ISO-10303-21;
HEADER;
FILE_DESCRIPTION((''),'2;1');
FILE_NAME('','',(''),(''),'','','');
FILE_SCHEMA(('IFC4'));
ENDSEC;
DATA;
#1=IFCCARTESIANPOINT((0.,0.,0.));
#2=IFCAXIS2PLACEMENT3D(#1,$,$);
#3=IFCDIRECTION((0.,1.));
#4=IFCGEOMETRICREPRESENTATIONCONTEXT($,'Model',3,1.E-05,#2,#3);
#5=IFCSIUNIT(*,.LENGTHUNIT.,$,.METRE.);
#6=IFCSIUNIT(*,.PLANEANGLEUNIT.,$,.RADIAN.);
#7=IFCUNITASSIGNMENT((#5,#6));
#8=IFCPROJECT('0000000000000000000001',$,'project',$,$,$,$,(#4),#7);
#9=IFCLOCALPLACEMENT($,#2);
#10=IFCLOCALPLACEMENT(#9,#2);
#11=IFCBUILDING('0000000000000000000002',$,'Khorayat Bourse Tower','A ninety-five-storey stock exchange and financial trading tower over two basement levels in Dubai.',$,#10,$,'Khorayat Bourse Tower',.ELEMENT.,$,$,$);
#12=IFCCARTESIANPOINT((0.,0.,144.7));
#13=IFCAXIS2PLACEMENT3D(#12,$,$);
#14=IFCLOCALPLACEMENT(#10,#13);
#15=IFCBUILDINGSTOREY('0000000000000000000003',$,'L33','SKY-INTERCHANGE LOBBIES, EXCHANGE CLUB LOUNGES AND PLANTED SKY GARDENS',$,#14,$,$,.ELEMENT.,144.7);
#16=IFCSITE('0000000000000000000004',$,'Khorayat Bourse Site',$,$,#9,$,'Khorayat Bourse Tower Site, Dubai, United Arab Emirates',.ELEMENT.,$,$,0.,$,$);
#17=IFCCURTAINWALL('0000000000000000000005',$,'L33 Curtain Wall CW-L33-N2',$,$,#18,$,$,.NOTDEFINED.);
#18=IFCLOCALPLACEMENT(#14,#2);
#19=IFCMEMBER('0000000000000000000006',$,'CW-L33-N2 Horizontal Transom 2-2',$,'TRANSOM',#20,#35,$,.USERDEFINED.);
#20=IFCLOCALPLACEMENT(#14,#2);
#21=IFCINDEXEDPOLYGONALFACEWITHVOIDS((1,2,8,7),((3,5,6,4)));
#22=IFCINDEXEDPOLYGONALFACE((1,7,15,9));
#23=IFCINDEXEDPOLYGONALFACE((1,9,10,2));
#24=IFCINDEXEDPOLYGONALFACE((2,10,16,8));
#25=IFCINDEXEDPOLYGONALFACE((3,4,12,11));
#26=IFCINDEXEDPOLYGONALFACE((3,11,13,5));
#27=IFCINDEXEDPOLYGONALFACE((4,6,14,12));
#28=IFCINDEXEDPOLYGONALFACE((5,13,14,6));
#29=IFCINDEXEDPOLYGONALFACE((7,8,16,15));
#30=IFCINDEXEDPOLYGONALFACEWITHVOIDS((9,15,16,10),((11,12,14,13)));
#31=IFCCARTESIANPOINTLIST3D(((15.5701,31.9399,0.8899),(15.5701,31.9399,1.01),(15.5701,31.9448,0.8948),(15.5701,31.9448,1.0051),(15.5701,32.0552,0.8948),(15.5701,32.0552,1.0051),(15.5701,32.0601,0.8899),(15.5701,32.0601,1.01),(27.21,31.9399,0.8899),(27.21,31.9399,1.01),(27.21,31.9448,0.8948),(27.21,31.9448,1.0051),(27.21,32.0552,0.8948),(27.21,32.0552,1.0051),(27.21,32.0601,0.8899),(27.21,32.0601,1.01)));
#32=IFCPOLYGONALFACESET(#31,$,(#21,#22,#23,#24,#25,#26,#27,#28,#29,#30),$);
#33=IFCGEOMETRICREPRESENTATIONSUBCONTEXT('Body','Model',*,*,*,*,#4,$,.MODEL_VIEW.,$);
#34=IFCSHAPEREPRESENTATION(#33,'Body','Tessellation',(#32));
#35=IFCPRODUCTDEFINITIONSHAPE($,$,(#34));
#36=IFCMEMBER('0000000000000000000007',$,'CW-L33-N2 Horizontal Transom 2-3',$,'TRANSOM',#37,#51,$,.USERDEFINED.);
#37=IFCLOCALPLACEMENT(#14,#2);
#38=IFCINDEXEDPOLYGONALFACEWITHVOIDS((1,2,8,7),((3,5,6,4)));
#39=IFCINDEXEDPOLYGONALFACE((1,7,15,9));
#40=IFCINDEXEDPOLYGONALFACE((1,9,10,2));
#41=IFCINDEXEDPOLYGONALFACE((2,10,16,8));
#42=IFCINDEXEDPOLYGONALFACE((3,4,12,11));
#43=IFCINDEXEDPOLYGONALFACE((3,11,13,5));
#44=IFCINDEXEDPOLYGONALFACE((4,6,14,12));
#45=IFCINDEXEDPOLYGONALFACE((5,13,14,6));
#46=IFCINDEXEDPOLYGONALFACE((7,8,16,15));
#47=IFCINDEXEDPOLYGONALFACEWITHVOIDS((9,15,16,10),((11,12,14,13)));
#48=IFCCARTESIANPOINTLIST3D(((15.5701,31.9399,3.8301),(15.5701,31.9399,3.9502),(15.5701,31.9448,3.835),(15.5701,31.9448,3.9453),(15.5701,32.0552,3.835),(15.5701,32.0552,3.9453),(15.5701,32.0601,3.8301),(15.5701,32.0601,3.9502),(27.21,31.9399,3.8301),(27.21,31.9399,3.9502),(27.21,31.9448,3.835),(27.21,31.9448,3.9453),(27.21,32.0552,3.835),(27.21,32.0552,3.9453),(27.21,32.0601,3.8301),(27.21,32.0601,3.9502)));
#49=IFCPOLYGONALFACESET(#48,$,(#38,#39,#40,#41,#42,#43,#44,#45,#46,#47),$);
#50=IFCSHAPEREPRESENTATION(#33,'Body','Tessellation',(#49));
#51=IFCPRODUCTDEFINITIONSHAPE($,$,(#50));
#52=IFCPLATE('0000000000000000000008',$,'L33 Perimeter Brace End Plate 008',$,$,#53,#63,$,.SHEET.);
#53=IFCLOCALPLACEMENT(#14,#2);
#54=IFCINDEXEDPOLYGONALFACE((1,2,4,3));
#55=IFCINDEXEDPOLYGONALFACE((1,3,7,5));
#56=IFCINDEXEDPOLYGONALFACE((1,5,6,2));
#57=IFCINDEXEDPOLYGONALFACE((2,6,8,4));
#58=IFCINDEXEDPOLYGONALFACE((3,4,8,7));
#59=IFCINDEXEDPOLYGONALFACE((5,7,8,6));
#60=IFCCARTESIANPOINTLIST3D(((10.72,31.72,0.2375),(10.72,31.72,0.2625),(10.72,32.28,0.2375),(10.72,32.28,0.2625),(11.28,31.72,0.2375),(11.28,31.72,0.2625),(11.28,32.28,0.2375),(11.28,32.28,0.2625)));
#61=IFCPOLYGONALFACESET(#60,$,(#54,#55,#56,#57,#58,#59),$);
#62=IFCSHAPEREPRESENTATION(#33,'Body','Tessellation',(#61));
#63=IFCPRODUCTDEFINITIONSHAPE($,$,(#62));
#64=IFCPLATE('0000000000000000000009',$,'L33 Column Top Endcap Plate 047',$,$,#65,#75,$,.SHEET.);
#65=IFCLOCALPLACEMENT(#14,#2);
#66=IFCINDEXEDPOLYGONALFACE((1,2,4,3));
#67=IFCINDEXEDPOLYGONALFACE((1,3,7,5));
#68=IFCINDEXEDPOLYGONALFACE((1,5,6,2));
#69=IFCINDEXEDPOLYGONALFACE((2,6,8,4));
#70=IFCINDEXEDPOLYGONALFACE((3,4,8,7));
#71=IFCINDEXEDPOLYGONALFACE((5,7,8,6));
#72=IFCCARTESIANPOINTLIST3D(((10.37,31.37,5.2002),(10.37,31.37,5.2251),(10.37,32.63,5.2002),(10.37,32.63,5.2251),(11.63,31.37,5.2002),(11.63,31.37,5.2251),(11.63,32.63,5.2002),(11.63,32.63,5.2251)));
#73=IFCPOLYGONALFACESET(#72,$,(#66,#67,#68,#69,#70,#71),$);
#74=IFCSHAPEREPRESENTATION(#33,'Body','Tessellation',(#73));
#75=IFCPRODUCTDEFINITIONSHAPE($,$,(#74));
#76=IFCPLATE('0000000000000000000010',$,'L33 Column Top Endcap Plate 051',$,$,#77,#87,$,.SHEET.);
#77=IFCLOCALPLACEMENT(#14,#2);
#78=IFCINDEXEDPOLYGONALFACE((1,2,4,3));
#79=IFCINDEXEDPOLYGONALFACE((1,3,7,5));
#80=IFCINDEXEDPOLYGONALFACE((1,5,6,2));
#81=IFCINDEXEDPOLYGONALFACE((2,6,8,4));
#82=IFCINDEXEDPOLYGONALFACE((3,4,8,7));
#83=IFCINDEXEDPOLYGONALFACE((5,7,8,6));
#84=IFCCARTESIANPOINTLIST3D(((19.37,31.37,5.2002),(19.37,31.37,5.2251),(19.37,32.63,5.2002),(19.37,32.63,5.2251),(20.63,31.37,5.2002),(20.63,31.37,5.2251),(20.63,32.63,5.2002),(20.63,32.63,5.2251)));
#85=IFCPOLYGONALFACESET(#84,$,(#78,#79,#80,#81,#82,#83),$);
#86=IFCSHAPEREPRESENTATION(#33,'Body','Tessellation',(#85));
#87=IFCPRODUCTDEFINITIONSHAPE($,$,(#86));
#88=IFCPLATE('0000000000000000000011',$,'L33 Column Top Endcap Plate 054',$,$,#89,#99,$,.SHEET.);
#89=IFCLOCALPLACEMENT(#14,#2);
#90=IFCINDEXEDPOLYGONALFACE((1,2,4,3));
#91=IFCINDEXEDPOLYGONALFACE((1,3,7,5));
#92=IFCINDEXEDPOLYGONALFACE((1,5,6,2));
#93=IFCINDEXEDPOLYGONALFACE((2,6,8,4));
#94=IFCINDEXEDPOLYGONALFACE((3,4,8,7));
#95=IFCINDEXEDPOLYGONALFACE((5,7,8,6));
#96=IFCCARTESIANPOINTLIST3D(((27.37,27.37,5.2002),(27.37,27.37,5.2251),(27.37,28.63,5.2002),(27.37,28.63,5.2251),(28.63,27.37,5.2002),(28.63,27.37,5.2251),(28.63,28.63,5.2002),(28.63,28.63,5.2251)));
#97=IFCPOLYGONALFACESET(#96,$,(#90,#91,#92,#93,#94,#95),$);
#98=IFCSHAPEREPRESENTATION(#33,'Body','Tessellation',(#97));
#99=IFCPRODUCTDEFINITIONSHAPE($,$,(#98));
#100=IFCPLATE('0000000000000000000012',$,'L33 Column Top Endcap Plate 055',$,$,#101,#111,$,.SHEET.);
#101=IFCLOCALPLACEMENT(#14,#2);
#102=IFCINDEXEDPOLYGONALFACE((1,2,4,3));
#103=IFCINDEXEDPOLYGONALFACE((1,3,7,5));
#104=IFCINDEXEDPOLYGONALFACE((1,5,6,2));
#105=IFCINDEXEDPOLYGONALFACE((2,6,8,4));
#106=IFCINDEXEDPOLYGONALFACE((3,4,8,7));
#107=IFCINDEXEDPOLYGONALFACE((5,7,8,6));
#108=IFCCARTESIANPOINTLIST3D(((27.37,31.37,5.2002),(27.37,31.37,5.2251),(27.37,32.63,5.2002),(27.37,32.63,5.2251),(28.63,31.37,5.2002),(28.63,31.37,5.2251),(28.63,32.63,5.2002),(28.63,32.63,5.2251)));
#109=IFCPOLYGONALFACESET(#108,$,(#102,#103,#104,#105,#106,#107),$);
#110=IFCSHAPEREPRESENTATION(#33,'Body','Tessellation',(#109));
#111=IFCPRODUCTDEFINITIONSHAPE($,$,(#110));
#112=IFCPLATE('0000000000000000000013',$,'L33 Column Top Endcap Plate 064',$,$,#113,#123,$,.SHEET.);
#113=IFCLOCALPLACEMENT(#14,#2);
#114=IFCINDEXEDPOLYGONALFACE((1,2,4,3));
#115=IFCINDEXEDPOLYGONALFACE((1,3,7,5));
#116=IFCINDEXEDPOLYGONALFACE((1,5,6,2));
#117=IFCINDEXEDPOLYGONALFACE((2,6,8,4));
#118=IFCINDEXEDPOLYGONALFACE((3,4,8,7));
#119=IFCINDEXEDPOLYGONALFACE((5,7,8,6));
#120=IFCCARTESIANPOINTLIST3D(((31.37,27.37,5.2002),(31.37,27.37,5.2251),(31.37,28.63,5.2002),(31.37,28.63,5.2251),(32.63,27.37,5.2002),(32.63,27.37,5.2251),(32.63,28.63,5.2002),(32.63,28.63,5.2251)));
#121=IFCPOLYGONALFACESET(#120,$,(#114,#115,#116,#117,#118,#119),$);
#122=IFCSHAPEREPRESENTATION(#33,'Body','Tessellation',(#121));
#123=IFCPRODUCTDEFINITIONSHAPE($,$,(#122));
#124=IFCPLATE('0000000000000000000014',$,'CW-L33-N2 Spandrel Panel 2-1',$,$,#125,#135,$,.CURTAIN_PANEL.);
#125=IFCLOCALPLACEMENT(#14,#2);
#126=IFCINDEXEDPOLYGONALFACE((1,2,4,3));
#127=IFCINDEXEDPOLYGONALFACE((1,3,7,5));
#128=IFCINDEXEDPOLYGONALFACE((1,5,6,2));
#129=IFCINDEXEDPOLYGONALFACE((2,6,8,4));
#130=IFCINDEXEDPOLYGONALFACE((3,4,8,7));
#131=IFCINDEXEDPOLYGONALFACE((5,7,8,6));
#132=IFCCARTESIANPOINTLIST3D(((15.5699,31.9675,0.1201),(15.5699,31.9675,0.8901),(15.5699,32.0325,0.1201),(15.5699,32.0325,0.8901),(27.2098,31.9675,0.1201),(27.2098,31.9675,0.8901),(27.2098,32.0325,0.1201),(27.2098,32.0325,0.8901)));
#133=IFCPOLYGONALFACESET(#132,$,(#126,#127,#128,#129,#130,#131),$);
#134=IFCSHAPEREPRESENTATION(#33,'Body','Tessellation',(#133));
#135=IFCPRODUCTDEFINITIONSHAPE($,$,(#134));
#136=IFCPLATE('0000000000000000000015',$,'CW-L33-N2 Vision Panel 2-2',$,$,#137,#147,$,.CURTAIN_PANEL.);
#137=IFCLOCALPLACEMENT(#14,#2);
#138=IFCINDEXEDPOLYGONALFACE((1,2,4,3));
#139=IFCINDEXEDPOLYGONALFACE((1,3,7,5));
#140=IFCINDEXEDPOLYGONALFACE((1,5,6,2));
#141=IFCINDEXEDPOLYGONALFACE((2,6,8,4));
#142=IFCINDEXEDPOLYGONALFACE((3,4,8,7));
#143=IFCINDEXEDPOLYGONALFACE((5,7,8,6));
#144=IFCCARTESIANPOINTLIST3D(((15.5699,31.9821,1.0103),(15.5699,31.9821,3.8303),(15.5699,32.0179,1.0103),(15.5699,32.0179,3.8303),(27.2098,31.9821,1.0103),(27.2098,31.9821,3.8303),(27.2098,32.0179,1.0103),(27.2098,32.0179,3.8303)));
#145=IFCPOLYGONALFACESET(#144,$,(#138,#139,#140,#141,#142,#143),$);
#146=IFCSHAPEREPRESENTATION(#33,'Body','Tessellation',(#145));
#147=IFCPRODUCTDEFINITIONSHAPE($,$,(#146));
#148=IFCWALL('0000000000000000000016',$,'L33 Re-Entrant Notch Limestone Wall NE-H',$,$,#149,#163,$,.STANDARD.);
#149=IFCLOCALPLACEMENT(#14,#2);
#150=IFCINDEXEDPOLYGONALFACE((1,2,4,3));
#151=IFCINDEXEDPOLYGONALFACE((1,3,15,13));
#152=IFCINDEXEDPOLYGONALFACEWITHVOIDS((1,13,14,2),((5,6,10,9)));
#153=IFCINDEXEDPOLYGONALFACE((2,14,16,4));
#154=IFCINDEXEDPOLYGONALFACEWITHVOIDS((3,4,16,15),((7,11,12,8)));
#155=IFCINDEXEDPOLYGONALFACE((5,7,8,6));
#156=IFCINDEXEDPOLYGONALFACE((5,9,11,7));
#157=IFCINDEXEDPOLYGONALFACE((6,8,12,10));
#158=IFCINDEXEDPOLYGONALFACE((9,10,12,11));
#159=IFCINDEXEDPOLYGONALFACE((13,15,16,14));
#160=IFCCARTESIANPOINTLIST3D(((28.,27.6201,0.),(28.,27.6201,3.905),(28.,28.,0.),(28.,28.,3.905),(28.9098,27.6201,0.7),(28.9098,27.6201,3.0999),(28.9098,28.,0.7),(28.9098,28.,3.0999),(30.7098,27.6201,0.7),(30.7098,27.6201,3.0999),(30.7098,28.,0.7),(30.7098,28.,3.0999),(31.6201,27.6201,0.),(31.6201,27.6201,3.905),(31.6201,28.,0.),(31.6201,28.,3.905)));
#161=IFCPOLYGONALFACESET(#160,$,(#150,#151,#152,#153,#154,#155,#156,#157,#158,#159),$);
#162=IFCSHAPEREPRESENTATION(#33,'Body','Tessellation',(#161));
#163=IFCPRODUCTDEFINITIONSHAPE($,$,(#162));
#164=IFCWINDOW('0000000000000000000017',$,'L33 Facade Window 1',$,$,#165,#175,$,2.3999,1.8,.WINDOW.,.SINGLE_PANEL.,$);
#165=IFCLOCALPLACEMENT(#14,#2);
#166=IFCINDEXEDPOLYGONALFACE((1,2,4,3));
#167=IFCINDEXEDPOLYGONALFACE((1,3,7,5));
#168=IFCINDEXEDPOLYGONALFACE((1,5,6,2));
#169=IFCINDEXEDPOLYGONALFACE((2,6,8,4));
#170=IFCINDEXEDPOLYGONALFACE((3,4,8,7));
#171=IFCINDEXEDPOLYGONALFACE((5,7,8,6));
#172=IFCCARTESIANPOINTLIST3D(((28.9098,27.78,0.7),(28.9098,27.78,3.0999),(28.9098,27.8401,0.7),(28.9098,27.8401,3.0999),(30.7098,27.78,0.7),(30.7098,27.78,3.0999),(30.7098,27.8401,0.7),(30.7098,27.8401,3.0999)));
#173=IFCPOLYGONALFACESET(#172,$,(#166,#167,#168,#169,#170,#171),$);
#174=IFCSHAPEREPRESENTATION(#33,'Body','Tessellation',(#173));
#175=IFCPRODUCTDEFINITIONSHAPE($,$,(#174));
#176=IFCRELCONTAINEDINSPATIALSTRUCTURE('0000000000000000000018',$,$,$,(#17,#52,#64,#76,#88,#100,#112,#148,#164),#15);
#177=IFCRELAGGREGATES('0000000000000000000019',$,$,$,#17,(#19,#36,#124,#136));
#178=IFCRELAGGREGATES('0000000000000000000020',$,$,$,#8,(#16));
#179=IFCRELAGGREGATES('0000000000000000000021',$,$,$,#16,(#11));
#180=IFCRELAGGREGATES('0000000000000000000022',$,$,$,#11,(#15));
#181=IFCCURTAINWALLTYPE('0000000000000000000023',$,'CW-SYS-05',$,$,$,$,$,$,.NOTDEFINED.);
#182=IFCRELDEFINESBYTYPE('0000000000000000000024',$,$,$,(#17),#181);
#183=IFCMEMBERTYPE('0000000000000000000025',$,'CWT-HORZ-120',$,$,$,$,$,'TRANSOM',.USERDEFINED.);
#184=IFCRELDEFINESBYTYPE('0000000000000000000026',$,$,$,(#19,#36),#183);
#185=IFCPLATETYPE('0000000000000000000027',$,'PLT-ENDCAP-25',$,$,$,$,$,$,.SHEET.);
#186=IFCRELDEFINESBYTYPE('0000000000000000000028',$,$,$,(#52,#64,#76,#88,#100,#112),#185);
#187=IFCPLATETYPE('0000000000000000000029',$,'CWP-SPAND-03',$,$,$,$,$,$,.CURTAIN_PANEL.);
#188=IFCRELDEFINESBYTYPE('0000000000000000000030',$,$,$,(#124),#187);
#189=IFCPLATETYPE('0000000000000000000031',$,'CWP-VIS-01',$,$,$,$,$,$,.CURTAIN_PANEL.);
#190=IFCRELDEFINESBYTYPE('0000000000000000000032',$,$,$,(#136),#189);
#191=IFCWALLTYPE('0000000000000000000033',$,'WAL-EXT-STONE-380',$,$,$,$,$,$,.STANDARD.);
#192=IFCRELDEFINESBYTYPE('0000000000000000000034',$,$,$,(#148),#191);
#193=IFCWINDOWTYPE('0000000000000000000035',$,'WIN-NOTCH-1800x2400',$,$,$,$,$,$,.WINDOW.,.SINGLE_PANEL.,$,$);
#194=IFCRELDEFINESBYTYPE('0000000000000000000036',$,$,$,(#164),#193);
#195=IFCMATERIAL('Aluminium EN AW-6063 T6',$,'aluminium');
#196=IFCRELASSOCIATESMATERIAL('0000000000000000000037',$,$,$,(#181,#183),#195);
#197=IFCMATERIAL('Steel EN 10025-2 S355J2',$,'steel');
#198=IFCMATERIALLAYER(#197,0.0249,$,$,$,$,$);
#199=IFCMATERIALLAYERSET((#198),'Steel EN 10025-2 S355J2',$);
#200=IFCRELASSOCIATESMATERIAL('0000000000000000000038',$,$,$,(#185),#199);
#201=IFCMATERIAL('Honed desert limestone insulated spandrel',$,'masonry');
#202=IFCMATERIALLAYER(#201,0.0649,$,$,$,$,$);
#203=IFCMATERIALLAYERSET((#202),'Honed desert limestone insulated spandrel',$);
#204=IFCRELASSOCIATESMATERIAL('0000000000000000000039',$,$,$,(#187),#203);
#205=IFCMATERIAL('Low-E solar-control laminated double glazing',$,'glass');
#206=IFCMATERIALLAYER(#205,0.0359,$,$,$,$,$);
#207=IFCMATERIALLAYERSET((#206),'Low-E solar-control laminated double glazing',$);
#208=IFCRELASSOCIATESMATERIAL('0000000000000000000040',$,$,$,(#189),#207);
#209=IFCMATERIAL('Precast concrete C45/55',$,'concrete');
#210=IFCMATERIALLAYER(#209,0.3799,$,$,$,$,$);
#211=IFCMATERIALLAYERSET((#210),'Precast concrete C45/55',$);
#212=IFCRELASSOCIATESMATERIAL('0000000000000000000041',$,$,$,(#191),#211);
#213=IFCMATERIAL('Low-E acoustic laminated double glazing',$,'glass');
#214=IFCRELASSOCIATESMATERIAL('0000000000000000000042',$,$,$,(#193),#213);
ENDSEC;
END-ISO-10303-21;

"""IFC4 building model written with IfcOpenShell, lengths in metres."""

from ifc_helpers import new_model, si_unit, direction, frame, frame_2d, origin, origin_2d, place, context, subcontext, project, spatial, rectangle, hollow_rectangle, extrude, source, transform, mapped, material, layer, layer_set, material_profile, profile_set, type_object, element, fill, aggregate, save


model = new_model("IFC4")

# Units and contexts
model_context = context("Model", 3, precision=1e-05, world=origin(), true_north=direction((0.0, 1.0)))
body_context = subcontext(model_context, "Body", "Model", "MODEL_VIEW")
ifc_project = project(units=[si_unit("LENGTHUNIT", "METRE"), si_unit("PLANEANGLEUNIT", "RADIAN")], contexts=[model_context])

# Site, building, storey
site_placement = place(None, origin())
site = spatial("IfcSite", under=ifc_project, at=site_placement, Name="Khorayat Bourse Site", LongName="Khorayat Bourse Tower Site, Dubai, United Arab Emirates", CompositionType="ELEMENT", RefElevation=0.0)
building_placement = place(site_placement, origin())
building = spatial("IfcBuilding", under=site, at=building_placement, Name="Khorayat Bourse Tower", Description="A ninety-five-storey stock exchange and financial trading tower over two basement levels in Dubai.", LongName="Khorayat Bourse Tower", CompositionType="ELEMENT")
storey_placement = place(building_placement, frame((0.0, 0.0, 144.7)))
storey = spatial("IfcBuildingStorey", under=building, at=storey_placement, Name="L33", Description="SKY-INTERCHANGE LOBBIES, EXCHANGE CLUB LOUNGES AND PLANTED SKY GARDENS", CompositionType="ELEMENT", Elevation=144.7)

# Curtain wall
ifc_material_1 = material(Name="Aluminium EN AW-6063 T6", Category="aluminium")
curtain_wall_type = type_object("IfcCurtainWallType", Name="CW-SYS-05", PredefinedType="NOTDEFINED", material=ifc_material_1)
curtain_wall_1_placement = place(storey_placement, origin())
curtain_wall_1 = element("IfcCurtainWall", 1, at=curtain_wall_1_placement, inside=storey, type_object=curtain_wall_type, Name="L33 Curtain Wall CW-L33-N2", PredefinedType="NOTDEFINED")

# Members
ifc_material_profile_1 = material_profile(ifc_material_1, hollow_rectangle(XDim=0.1201, YDim=0.1201, WallThickness=0.0049, at=origin_2d()), Name="ALU 120x120x5")
ifc_profile_set_1 = profile_set([ifc_material_profile_1], Name="Aluminium EN AW-6063 T6")
member_type_1 = type_object("IfcMemberType", Name="CWT-HORZ-120", ElementType="TRANSOM", PredefinedType="USERDEFINED", material=ifc_profile_set_1)
shared_shape_1 = source(origin(), body_context, "Body", "SweptSolid", [
    extrude(hollow_rectangle(XDim=0.1201, YDim=0.1201, WallThickness=0.0049, at=origin_2d()), origin(), (0.0, 0.0, 1.0), 11.6399),
])
member_1_placement = place(storey_placement, frame((15.5701, 32.0, 0.95), z_axis=(1.0, 0.0, 0.0), x_axis=(0.0, 1.0, 0.0)))
member_1 = element("IfcMember", 2, at=member_1_placement, type_object=member_type_1, Name="CW-L33-N2 Horizontal Transom 2-2", ObjectType="TRANSOM", PredefinedType="USERDEFINED", context=body_context, shape_type="MappedRepresentation", body=[
    mapped(shared_shape_1, transform((0.0, 0.0, 0.0), scale=1.0)),
])
member_2_placement = place(storey_placement, frame((15.5701, 32.0, 3.8901), z_axis=(1.0, 0.0, 0.0), x_axis=(0.0, 1.0, 0.0)))
member_2 = element("IfcMember", 3, at=member_2_placement, type_object=member_type_1, Name="CW-L33-N2 Horizontal Transom 2-3", ObjectType="TRANSOM", PredefinedType="USERDEFINED", context=body_context, shape_type="MappedRepresentation", body=[
    mapped(shared_shape_1, transform((0.0, 0.0, 0.0), scale=1.0)),
])

# Plates
ifc_material_2 = material(Name="Steel EN 10025-2 S355J2", Category="steel")
ifc_layer_1 = layer(ifc_material_2, 0.0249)
ifc_layer_set_1 = layer_set([ifc_layer_1], Name="Steel EN 10025-2 S355J2")
plate_type_1 = type_object("IfcPlateType", Name="PLT-ENDCAP-25", PredefinedType="SHEET", material=ifc_layer_set_1)
shared_shape_2 = source(origin(), body_context, "Body", "SweptSolid", [
    extrude(rectangle(XDim=0.5601, YDim=0.5601, at=origin_2d()), origin(), (0.0, 0.0, 1.0), 0.0249),
])
plate_1_placement = place(storey_placement, frame((11.0, 32.0, 0.2375), z_axis=(0.0, 0.0, 1.0), x_axis=(1.0, 0.0, 0.0)))
element("IfcPlate", 4, at=plate_1_placement, inside=storey, type_object=plate_type_1, Name="L33 Perimeter Brace End Plate 008", PredefinedType="SHEET", context=body_context, shape_type="MappedRepresentation", body=[
    mapped(shared_shape_2, transform((0.0, 0.0, 0.0), scale=1.0)),
])
shared_shape_3 = source(origin(), body_context, "Body", "SweptSolid", [
    extrude(rectangle(XDim=1.26, YDim=1.26, at=origin_2d()), origin(), (0.0, 0.0, 1.0), 0.0249),
])
for number, where, z_axis, x_axis, name in (
    (5, (11.0, 32.0, 5.2002), (0.0, 0.0, 1.0), (1.0, 0.0, 0.0), "L33 Column Top Endcap Plate 047"),
    (6, (20.0, 32.0, 5.2002), (0.0, 0.0, 1.0), (1.0, 0.0, 0.0), "L33 Column Top Endcap Plate 051"),
    (7, (28.0, 28.0, 5.2002), (0.0, 0.0, 1.0), (1.0, 0.0, 0.0), "L33 Column Top Endcap Plate 054"),
    (8, (28.0, 32.0, 5.2002), (0.0, 0.0, 1.0), (1.0, 0.0, 0.0), "L33 Column Top Endcap Plate 055"),
    (9, (32.0, 28.0, 5.2002), (0.0, 0.0, 1.0), (1.0, 0.0, 0.0), "L33 Column Top Endcap Plate 064"),
):
    element("IfcPlate", number, at=place(storey_placement, frame(where, z_axis=z_axis, x_axis=x_axis)), inside=storey, type_object=plate_type_1, Name=name, PredefinedType="SHEET", context=body_context, shape_type="MappedRepresentation", body=[
        mapped(shared_shape_3, transform((0.0, 0.0, 0.0), scale=1.0)),
    ])

# Plates
ifc_material_3 = material(Name="Honed desert limestone insulated spandrel", Category="masonry")
ifc_layer_2 = layer(ifc_material_3, 0.0649)
ifc_layer_set_2 = layer_set([ifc_layer_2], Name="Honed desert limestone insulated spandrel")
plate_type_2 = type_object("IfcPlateType", Name="CWP-SPAND-03", PredefinedType="CURTAIN_PANEL", material=ifc_layer_set_2)
shared_shape_4 = source(origin(), body_context, "Body", "SweptSolid", [
    extrude(rectangle(XDim=11.6399, YDim=0.0649, at=origin_2d()), origin(), (0.0, 0.0, 1.0), 0.77),
])
plate_2_placement = place(storey_placement, frame((21.3899, 32.0, 0.1201), z_axis=(0.0, 0.0, 1.0), x_axis=(1.0, 0.0, 0.0)))
plate_2 = element("IfcPlate", 10, at=plate_2_placement, type_object=plate_type_2, Name="CW-L33-N2 Spandrel Panel 2-1", PredefinedType="CURTAIN_PANEL", context=body_context, shape_type="MappedRepresentation", body=[
    mapped(shared_shape_4, transform((0.0, 0.0, 0.0), scale=1.0)),
])
ifc_material_4 = material(Name="Low-E solar-control laminated double glazing", Category="glass")
ifc_layer_3 = layer(ifc_material_4, 0.0359)
ifc_layer_set_3 = layer_set([ifc_layer_3], Name="Low-E solar-control laminated double glazing")
plate_type_3 = type_object("IfcPlateType", Name="CWP-VIS-01", PredefinedType="CURTAIN_PANEL", material=ifc_layer_set_3)
shared_shape_5 = source(origin(), body_context, "Body", "SweptSolid", [
    extrude(rectangle(XDim=11.6399, YDim=0.0359, at=origin_2d()), origin(), (0.0, 0.0, 1.0), 2.8201),
])
plate_3_placement = place(storey_placement, frame((21.3899, 32.0, 1.0103), z_axis=(0.0, 0.0, 1.0), x_axis=(1.0, 0.0, 0.0)))
plate_3 = element("IfcPlate", 11, at=plate_3_placement, type_object=plate_type_3, Name="CW-L33-N2 Vision Panel 2-2", PredefinedType="CURTAIN_PANEL", context=body_context, shape_type="MappedRepresentation", body=[
    mapped(shared_shape_5, transform((0.0, 0.0, 0.0), scale=1.0)),
])
aggregate(curtain_wall_1, [member_1, member_2, plate_2, plate_3])

# Wall, opening, window
ifc_material_5 = material(Name="Precast concrete C45/55", Category="concrete")
ifc_layer_4 = layer(ifc_material_5, 0.3799)
ifc_layer_set_4 = layer_set([ifc_layer_4], Name="Precast concrete C45/55")
wall_type_1 = type_object("IfcWallType", Name="WAL-EXT-STONE-380", PredefinedType="STANDARD", material=ifc_layer_set_4)
shared_shape_6 = source(origin(), body_context, "Body", "SweptSolid", [
    extrude(rectangle(XDim=3.6201, YDim=0.3799, at=frame_2d((1.8101, 0.0))), origin(), (0.0, 0.0, 1.0), 3.905),
])
wall_1_placement = place(storey_placement, frame((28.0, 27.8101, 0.0), z_axis=(0.0, 0.0, 1.0), x_axis=(1.0, 0.0, 0.0)))
wall_1 = element("IfcWall", 12, at=wall_1_placement, inside=storey, type_object=wall_type_1, Name="L33 Re-Entrant Notch Limestone Wall NE-H", PredefinedType="STANDARD", context=body_context, shape_type="MappedRepresentation", body=[
    mapped(shared_shape_6, transform((0.0, 0.0, 0.0), scale=1.0)),
])
shared_shape_7 = source(origin(), body_context, "Body", "SweptSolid", [
    extrude(rectangle(XDim=1.8, YDim=2.3999, at=frame_2d((0.8999, 1.2))), frame((0.0, 0.2, 0.0), z_axis=(0.0, -1.0, 0.0), x_axis=(1.0, 0.0, 0.0)), (0.0, 0.0, 1.0), 0.3999),
])
opening_1_placement = place(wall_1_placement, frame((0.9099, 0.0, 0.7)))
opening_1 = element("IfcOpeningElement", 13, at=opening_1_placement, cuts=wall_1, PredefinedType="OPENING", context=body_context, shape_type="MappedRepresentation", body=[
    mapped(shared_shape_7, transform((0.0, 0.0, 0.0), scale=1.0)),
])
ifc_material_6 = material(Name="Low-E acoustic laminated double glazing", Category="glass")
window_type = type_object("IfcWindowType", Name="WIN-NOTCH-1800x2400", PartitioningType="SINGLE_PANEL", PredefinedType="WINDOW", material=ifc_material_6)
shared_shape_8 = source(origin(), body_context, "Body", "SweptSolid", [
    extrude(rectangle(XDim=1.8, YDim=2.3999, at=frame_2d((0.8999, 1.2))), frame((0.0, 0.03, 0.0), z_axis=(0.0, -1.0, 0.0), x_axis=(1.0, 0.0, 0.0)), (0.0, 0.0, 1.0), 0.0601),
])
window_1_placement = place(opening_1_placement, origin())
window_1 = element("IfcWindow", 14, at=window_1_placement, inside=storey, type_object=window_type, Name="L33 Facade Window 1", OverallHeight=2.3999, OverallWidth=1.8, PartitioningType="SINGLE_PANEL", PredefinedType="WINDOW", context=body_context, shape_type="MappedRepresentation", body=[
    mapped(shared_shape_8, transform((0.0, 0.0, 0.0), scale=1.0)),
])
fill(opening_1, window_1)

save(model, "model.ifc")
